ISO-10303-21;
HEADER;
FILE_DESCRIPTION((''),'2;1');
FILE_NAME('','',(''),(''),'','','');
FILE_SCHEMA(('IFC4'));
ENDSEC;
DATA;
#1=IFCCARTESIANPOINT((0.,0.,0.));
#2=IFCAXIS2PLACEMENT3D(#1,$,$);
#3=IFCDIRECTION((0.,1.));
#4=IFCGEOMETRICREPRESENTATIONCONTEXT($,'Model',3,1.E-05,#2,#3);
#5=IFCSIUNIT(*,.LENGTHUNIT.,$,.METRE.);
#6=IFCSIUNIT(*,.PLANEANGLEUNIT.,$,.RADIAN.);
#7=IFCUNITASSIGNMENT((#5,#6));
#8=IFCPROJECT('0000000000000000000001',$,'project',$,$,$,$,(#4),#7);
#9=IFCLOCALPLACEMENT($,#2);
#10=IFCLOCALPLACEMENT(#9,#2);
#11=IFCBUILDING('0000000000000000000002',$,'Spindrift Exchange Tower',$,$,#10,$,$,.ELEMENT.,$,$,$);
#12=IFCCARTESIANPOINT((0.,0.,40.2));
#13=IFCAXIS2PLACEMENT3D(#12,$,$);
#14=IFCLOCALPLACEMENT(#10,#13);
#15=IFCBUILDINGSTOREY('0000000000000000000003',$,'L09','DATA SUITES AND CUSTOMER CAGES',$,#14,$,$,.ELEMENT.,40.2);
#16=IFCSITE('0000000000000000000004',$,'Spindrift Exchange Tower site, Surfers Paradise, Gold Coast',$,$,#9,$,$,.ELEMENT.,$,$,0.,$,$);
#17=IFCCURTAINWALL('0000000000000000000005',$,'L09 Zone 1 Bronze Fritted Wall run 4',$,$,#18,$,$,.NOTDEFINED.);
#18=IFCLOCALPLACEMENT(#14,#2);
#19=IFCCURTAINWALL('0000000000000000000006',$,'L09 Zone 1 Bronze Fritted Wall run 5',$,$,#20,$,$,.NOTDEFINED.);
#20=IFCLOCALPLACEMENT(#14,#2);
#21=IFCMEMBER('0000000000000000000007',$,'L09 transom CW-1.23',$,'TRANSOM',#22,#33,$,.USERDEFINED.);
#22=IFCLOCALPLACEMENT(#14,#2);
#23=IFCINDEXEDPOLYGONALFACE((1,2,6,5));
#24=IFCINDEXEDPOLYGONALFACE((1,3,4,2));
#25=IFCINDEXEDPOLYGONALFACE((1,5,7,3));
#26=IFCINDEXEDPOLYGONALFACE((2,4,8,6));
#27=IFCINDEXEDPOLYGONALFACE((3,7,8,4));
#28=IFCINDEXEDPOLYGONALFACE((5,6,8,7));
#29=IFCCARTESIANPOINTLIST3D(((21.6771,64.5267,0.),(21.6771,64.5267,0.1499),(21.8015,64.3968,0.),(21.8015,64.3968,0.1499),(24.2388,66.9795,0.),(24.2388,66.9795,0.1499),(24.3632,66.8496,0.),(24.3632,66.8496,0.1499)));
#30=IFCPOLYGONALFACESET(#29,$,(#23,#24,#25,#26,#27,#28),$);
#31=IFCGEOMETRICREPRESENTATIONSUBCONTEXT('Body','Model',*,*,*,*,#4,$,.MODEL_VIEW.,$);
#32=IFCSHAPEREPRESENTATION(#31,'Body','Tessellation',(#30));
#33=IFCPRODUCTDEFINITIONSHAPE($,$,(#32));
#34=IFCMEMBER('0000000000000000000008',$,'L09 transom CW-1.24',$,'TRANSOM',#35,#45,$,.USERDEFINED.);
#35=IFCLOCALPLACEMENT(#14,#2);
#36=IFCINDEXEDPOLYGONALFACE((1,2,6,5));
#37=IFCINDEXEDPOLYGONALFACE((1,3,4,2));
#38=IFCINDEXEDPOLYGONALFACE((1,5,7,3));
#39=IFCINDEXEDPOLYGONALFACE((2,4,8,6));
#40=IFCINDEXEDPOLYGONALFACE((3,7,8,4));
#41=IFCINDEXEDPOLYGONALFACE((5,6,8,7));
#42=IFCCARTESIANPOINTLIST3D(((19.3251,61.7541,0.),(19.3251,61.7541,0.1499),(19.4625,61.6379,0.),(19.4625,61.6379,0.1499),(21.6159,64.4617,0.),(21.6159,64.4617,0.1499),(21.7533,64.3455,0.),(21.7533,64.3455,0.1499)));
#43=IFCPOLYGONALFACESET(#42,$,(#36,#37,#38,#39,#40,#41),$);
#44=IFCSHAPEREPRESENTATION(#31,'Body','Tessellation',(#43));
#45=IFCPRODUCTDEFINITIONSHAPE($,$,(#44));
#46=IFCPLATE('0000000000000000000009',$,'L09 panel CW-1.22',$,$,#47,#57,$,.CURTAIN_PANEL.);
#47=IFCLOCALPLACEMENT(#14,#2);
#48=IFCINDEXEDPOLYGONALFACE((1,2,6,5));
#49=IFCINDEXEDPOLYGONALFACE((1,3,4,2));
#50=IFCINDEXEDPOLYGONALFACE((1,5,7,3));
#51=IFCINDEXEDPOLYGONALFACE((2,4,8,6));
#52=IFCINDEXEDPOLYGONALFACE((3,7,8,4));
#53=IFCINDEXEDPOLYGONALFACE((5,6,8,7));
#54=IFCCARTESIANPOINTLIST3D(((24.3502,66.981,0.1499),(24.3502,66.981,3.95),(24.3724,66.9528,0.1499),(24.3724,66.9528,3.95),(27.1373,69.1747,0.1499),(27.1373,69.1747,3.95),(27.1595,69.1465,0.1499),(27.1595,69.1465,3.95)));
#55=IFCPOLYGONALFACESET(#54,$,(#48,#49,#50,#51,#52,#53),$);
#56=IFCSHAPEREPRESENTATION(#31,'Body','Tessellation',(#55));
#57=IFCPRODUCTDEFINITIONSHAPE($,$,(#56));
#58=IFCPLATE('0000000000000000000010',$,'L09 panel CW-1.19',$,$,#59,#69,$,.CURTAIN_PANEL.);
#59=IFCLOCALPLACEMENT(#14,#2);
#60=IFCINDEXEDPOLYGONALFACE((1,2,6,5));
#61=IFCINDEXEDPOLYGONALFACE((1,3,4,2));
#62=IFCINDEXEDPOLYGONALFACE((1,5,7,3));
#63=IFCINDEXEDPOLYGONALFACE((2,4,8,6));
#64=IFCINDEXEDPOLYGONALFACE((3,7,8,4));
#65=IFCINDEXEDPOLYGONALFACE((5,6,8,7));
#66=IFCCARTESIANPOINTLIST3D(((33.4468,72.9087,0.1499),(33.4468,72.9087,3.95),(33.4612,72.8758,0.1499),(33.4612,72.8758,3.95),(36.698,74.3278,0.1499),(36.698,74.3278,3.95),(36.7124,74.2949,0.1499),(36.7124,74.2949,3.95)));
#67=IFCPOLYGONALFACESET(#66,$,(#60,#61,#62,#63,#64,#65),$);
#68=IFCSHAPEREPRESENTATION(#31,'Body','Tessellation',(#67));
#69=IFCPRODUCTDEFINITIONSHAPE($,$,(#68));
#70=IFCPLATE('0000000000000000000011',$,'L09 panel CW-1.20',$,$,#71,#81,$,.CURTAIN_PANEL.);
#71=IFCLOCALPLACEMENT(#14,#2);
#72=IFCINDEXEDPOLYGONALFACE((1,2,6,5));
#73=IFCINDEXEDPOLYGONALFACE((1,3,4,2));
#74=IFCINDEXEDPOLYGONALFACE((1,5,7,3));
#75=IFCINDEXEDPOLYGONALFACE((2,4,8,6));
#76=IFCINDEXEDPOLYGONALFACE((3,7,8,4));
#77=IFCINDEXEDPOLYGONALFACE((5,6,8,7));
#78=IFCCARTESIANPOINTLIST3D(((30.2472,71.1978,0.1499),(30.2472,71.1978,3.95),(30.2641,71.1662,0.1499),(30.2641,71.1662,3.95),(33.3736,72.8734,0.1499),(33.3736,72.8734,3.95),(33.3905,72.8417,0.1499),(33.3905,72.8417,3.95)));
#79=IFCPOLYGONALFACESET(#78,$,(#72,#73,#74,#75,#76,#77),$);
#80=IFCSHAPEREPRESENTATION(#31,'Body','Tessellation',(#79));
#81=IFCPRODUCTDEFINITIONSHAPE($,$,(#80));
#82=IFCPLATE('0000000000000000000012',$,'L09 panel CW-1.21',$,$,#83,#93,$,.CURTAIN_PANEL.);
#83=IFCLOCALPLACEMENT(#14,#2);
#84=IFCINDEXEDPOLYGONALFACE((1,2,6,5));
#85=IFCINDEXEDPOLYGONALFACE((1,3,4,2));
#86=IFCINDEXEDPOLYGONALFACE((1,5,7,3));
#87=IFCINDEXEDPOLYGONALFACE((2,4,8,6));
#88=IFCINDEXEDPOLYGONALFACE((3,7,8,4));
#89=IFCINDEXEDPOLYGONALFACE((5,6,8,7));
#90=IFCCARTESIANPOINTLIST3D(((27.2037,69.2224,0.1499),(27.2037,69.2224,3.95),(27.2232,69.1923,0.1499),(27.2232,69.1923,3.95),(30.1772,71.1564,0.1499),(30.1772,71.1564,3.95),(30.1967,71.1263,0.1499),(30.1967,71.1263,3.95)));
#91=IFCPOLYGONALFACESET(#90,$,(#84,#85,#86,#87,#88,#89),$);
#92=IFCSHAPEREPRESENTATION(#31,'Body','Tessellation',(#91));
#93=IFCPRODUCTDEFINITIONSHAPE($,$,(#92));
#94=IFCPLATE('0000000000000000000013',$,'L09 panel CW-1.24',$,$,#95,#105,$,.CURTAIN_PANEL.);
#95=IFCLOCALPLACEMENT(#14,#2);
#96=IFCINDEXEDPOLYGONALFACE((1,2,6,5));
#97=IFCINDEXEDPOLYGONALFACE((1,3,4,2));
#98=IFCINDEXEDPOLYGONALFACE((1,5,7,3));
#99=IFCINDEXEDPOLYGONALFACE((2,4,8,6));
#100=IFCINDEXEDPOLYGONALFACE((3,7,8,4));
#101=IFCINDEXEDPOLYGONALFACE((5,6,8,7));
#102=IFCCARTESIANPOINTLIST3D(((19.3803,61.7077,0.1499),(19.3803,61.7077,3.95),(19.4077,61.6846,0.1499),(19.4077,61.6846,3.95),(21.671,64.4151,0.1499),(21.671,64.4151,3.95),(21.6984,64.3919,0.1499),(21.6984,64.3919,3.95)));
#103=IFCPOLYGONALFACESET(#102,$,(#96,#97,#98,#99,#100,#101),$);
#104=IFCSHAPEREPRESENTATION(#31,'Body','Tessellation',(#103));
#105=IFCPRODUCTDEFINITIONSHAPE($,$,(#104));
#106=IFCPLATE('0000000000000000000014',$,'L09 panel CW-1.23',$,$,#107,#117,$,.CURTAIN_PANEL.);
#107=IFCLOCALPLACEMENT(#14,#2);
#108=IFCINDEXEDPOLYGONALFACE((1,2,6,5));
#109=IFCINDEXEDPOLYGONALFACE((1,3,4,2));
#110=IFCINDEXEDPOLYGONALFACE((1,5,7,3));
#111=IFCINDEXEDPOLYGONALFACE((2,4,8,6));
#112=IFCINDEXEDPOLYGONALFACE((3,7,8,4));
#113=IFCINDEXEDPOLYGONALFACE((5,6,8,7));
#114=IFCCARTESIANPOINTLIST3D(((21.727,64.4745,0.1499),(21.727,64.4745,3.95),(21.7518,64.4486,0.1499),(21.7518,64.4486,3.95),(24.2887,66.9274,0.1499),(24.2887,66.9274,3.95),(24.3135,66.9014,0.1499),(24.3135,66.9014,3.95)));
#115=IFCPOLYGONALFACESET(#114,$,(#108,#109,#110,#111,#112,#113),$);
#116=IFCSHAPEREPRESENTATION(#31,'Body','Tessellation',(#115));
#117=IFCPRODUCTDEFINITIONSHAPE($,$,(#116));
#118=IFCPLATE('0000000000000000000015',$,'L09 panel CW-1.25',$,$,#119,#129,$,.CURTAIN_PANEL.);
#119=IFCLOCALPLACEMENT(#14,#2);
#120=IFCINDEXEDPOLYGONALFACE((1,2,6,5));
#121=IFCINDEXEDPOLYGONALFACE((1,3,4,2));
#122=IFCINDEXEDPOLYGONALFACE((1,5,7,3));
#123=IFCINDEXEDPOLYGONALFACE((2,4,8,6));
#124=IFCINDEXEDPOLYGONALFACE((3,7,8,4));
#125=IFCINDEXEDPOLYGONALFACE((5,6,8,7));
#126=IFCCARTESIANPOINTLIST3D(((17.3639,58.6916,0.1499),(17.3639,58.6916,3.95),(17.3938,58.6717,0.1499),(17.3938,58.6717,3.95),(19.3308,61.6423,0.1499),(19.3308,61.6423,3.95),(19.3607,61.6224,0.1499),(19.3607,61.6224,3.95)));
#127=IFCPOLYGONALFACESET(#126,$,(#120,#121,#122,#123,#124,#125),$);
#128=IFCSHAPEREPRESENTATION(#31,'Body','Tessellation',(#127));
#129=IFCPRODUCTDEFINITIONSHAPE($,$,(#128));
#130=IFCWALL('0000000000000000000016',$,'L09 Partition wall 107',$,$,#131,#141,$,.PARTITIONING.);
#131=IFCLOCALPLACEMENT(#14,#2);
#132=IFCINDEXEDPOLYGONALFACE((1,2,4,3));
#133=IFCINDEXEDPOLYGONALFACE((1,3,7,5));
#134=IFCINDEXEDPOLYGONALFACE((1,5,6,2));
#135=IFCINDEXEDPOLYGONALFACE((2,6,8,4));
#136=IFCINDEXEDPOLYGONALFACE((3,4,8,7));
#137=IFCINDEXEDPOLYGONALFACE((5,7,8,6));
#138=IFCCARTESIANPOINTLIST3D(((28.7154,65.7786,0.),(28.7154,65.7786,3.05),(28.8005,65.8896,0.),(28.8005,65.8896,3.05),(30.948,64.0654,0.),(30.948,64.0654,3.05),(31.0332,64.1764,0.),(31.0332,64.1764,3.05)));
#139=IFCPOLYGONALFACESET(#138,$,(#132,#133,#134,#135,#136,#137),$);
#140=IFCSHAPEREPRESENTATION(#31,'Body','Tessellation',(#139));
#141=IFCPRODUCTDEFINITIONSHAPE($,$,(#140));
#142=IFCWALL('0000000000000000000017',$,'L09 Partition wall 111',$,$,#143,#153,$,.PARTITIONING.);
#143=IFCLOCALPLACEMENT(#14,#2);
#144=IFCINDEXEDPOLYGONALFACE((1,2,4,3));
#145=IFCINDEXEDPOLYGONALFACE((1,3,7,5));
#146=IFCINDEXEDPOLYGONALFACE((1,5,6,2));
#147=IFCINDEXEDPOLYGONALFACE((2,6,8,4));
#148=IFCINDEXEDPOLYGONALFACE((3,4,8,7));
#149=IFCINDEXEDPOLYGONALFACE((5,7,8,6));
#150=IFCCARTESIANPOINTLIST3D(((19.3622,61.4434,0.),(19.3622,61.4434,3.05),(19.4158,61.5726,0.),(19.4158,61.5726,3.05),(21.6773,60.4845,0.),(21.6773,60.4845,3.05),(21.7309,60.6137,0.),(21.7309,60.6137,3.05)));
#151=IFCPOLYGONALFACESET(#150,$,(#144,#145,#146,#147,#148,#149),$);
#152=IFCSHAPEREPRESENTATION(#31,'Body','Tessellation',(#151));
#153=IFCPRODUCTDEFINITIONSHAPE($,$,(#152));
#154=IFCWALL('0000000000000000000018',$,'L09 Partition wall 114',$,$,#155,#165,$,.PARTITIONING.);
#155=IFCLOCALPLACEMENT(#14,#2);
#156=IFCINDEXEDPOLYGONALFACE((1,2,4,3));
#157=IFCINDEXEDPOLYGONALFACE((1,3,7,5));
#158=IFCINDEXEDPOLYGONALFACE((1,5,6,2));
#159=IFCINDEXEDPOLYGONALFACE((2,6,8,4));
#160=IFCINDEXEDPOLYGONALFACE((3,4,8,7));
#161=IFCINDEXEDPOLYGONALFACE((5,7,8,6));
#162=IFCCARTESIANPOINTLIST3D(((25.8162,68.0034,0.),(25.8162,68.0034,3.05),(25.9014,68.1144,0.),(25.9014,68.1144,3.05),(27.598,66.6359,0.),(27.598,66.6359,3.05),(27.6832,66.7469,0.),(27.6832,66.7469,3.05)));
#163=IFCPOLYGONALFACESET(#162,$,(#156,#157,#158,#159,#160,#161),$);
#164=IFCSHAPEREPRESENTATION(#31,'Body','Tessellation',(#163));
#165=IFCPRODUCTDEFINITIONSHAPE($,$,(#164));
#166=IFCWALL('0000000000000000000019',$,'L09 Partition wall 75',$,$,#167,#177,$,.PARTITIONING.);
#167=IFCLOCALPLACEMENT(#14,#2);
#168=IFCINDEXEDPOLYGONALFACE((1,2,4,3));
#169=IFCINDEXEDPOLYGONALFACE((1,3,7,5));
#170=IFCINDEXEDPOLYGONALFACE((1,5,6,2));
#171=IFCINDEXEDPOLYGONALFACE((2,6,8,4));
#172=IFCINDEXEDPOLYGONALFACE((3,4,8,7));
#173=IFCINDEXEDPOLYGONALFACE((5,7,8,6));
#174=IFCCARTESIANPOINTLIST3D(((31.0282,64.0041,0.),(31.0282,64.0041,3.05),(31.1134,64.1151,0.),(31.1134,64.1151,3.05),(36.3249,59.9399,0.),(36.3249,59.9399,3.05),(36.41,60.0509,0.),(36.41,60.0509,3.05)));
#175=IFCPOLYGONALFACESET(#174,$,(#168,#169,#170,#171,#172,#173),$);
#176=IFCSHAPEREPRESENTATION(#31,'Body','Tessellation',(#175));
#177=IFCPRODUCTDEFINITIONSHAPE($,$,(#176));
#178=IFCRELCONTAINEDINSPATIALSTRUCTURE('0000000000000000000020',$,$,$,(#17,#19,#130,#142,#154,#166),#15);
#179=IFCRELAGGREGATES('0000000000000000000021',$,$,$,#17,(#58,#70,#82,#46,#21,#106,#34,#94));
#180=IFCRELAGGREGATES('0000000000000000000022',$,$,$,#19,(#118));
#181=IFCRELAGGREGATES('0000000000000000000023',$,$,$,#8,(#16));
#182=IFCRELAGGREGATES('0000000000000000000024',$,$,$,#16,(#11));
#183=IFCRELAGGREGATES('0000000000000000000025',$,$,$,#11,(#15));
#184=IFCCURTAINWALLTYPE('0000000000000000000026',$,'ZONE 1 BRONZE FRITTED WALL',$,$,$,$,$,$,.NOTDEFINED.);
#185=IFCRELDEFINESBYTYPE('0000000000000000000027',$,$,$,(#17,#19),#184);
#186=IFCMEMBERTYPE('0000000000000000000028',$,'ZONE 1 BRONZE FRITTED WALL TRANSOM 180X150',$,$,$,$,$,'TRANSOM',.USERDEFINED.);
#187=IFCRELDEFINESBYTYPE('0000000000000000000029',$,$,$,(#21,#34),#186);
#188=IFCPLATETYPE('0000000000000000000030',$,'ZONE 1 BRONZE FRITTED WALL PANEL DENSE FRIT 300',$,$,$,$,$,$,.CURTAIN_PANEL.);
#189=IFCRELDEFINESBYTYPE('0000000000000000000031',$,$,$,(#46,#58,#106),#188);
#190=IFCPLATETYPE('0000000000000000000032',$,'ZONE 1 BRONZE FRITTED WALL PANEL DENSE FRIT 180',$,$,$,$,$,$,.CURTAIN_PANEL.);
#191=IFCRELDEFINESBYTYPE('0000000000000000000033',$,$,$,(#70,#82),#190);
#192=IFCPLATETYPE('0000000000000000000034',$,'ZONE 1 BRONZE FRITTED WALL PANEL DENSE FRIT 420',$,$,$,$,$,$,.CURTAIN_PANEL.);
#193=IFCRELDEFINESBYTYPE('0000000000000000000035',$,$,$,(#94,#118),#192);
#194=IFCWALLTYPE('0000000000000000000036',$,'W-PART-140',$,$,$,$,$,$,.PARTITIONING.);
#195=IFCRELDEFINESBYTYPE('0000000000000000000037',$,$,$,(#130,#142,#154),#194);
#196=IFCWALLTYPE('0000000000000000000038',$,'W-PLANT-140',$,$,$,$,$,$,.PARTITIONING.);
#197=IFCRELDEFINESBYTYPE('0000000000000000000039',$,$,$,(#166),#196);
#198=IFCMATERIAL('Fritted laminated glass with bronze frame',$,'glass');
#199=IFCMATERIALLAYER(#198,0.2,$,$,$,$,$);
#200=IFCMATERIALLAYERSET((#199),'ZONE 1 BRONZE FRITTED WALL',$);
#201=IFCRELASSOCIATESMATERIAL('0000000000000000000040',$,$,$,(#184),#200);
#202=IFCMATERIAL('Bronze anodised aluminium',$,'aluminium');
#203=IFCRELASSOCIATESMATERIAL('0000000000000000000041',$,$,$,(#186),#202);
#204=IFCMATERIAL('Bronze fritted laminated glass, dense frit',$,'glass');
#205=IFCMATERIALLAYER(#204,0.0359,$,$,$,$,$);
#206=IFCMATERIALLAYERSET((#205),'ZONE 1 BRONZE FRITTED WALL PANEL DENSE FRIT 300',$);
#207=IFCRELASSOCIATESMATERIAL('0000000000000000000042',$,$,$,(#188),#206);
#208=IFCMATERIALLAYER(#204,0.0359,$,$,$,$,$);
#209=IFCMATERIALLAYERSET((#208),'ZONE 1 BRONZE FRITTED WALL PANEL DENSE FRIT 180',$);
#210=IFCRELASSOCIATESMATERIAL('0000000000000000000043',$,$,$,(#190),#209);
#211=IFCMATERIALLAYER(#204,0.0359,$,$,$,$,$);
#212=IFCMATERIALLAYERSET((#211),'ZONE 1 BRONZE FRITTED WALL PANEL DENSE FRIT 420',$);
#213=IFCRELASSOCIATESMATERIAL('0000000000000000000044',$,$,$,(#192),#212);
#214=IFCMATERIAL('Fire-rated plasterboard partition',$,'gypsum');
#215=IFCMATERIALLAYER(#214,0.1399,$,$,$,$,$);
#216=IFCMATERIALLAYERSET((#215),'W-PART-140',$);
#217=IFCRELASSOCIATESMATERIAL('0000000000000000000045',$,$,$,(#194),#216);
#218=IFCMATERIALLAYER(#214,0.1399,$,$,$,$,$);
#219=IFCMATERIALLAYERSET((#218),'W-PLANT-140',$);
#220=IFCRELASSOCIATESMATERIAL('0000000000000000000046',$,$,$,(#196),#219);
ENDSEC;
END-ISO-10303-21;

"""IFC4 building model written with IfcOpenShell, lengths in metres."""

from ifc_helpers import new_model, si_unit, direction, frame, frame_2d, origin, origin_2d, place, context, subcontext, project, spatial, rectangle, extrude, source, transform, mapped, material, layer, layer_set, material_profile, profile_set, type_object, element, aggregate, save


model = new_model("IFC4")

# Units and contexts
model_context = context("Model", 3, precision=1e-05, world=origin(), true_north=direction((0.0, 1.0)))
body_context = subcontext(model_context, "Body", "Model", "MODEL_VIEW")
ifc_project = project(units=[si_unit("LENGTHUNIT", "METRE"), si_unit("PLANEANGLEUNIT", "RADIAN")], contexts=[model_context])

# Site, building, storey
site_placement = place(None, origin())
site = spatial("IfcSite", under=ifc_project, at=site_placement, Name="Spindrift Exchange Tower site, Surfers Paradise, Gold Coast", CompositionType="ELEMENT", RefElevation=0.0)
building_placement = place(site_placement, origin())
building = spatial("IfcBuilding", under=site, at=building_placement, Name="Spindrift Exchange Tower", CompositionType="ELEMENT")
storey_placement = place(building_placement, frame((0.0, 0.0, 40.2)))
storey = spatial("IfcBuildingStorey", under=building, at=storey_placement, Name="L09", Description="DATA SUITES AND CUSTOMER CAGES", CompositionType="ELEMENT", Elevation=40.2)

# Curtain walls
ifc_material_1 = material(Name="Fritted laminated glass with bronze frame", Category="glass")
ifc_layer_1 = layer(ifc_material_1, 0.2)
ifc_layer_set_1 = layer_set([ifc_layer_1], Name="ZONE 1 BRONZE FRITTED WALL")
curtain_wall_type = type_object("IfcCurtainWallType", Name="ZONE 1 BRONZE FRITTED WALL", PredefinedType="NOTDEFINED", material=ifc_layer_set_1)
curtain_wall_1_placement = place(storey_placement, origin())
curtain_wall_1 = element("IfcCurtainWall", 1, at=curtain_wall_1_placement, inside=storey, type_object=curtain_wall_type, Name="L09 Zone 1 Bronze Fritted Wall run 4", PredefinedType="NOTDEFINED")
ifc_material_2 = material(Name="Bronze anodised aluminium", Category="aluminium")
curtain_wall_2_placement = place(storey_placement, origin())
curtain_wall_2 = element("IfcCurtainWall", 2, at=curtain_wall_2_placement, inside=storey, type_object=curtain_wall_type, Name="L09 Zone 1 Bronze Fritted Wall run 5", PredefinedType="NOTDEFINED")
ifc_material_profile_1 = material_profile(ifc_material_2, rectangle(XDim=0.1799, YDim=0.1499, at=origin_2d()), Name="ZONE 1 BRONZE FRITTED WALL TRANSOM 180X150")
ifc_profile_set_1 = profile_set([ifc_material_profile_1], Name="Bronze anodised aluminium")
member_type_1 = type_object("IfcMemberType", Name="ZONE 1 BRONZE FRITTED WALL TRANSOM 180X150", ElementType="TRANSOM", PredefinedType="USERDEFINED", material=ifc_profile_set_1)

# Members
shared_shape_1 = source(origin(), body_context, "Body", "SweptSolid", [
    extrude(rectangle(XDim=0.1799, YDim=0.1499, at=origin_2d()), origin(), (0.0, 0.0, 1.0), 3.5466),
])
member_1_placement = place(storey_placement, frame((24.301, 66.9146, 0.075), z_axis=(-0.72229, -0.69159, 0.0), x_axis=(0.69159, -0.72229, 0.0)))
member_1 = element("IfcMember", 3, at=member_1_placement, type_object=member_type_1, Name="L09 transom CW-1.23", ObjectType="TRANSOM", PredefinedType="USERDEFINED", context=body_context, shape_type="MappedRepresentation", body=[
    mapped(shared_shape_1, transform((0.0, 0.0, 0.0), scale=1.0)),
])
member_2_placement = place(storey_placement, frame((21.6846, 64.4036, 0.075), z_axis=(-0.645908, -0.763415, 0.0), x_axis=(0.763415, -0.645908, 0.0)))
member_2 = element("IfcMember", 4, at=member_2_placement, type_object=member_type_1, Name="L09 transom CW-1.24", ObjectType="TRANSOM", PredefinedType="USERDEFINED", context=body_context, shape_type="MappedRepresentation", body=[
    mapped(shared_shape_1, transform((0.0, 0.0, 0.0), scale=1.0)),
])

# Plates
ifc_material_3 = material(Name="Bronze fritted laminated glass, dense frit", Category="glass")
ifc_layer_2 = layer(ifc_material_3, 0.0359)
ifc_layer_set_2 = layer_set([ifc_layer_2], Name="ZONE 1 BRONZE FRITTED WALL PANEL DENSE FRIT 300")
plate_type_1 = type_object("IfcPlateType", Name="ZONE 1 BRONZE FRITTED WALL PANEL DENSE FRIT 300", PredefinedType="CURTAIN_PANEL", material=ifc_layer_set_2)
shared_shape_2 = source(origin(), body_context, "Body", "SweptSolid", [
    extrude(rectangle(XDim=3.5469, YDim=0.0359, at=origin_2d()), origin(), (0.0, 0.0, 1.0), 3.8),
])
plate_1_placement = place(storey_placement, frame((25.7549, 68.0637, 0.1499), z_axis=(0.0, 0.0, 1.0), x_axis=(-0.785794, -0.618488, 0.0)))
plate_1 = element("IfcPlate", 5, at=plate_1_placement, type_object=plate_type_1, Name="L09 panel CW-1.22", PredefinedType="CURTAIN_PANEL", context=body_context, shape_type="MappedRepresentation", body=[
    mapped(shared_shape_2, transform((0.0, 0.0, 0.0), scale=1.0)),
])
shared_shape_3 = source(origin(), body_context, "Body", "SweptSolid", [
    extrude(rectangle(XDim=3.5474, YDim=0.0359, at=origin_2d()), origin(), (0.0, 0.0, 1.0), 3.8),
])
plate_2_placement = place(storey_placement, frame((35.0796, 73.6018, 0.1499), z_axis=(0.0, 0.0, 1.0), x_axis=(-0.916504, -0.400026, 0.0)))
plate_2 = element("IfcPlate", 6, at=plate_2_placement, type_object=plate_type_1, Name="L09 panel CW-1.19", PredefinedType="CURTAIN_PANEL", context=body_context, shape_type="MappedRepresentation", body=[
    mapped(shared_shape_3, transform((0.0, 0.0, 0.0), scale=1.0)),
])
ifc_layer_3 = layer(ifc_material_3, 0.0359)
ifc_layer_set_3 = layer_set([ifc_layer_3], Name="ZONE 1 BRONZE FRITTED WALL PANEL DENSE FRIT 180")
plate_type_2 = type_object("IfcPlateType", Name="ZONE 1 BRONZE FRITTED WALL PANEL DENSE FRIT 180", PredefinedType="CURTAIN_PANEL", material=ifc_layer_set_3)
shared_shape_4 = source(origin(), body_context, "Body", "SweptSolid", [
    extrude(rectangle(XDim=3.5471, YDim=0.0359, at=origin_2d()), origin(), (0.0, 0.0, 1.0), 3.8),
])
plate_3_placement = place(storey_placement, frame((31.8188, 72.0198, 0.1499), z_axis=(0.0, 0.0, 1.0), x_axis=(-0.881397, -0.472375, 0.0)))
plate_3 = element("IfcPlate", 7, at=plate_3_placement, type_object=plate_type_2, Name="L09 panel CW-1.20", PredefinedType="CURTAIN_PANEL", context=body_context, shape_type="MappedRepresentation", body=[
    mapped(shared_shape_4, transform((0.0, 0.0, 0.0), scale=1.0)),
])
plate_4_placement = place(storey_placement, frame((28.7002, 70.1743, 0.1499), z_axis=(0.0, 0.0, 1.0), x_axis=(-0.838283, -0.545236, 0.0)))
plate_4 = element("IfcPlate", 8, at=plate_4_placement, type_object=plate_type_2, Name="L09 panel CW-1.21", PredefinedType="CURTAIN_PANEL", context=body_context, shape_type="MappedRepresentation", body=[
    mapped(shared_shape_4, transform((0.0, 0.0, 0.0), scale=1.0)),
])
ifc_layer_4 = layer(ifc_material_3, 0.0359)
ifc_layer_set_4 = layer_set([ifc_layer_4], Name="ZONE 1 BRONZE FRITTED WALL PANEL DENSE FRIT 420")
plate_type_3 = type_object("IfcPlateType", Name="ZONE 1 BRONZE FRITTED WALL PANEL DENSE FRIT 420", PredefinedType="CURTAIN_PANEL", material=ifc_layer_set_4)
shared_shape_5 = source(origin(), body_context, "Body", "SweptSolid", [
    extrude(rectangle(XDim=3.5464, YDim=0.0359, at=origin_2d()), origin(), (0.0, 0.0, 1.0), 3.8),
])
plate_5_placement = place(storey_placement, frame((20.5393, 63.0498, 0.1499), z_axis=(0.0, 0.0, 1.0), x_axis=(-0.645927, -0.763399, 0.0)))
plate_5 = element("IfcPlate", 9, at=plate_5_placement, type_object=plate_type_3, Name="L09 panel CW-1.24", PredefinedType="CURTAIN_PANEL", context=body_context, shape_type="MappedRepresentation", body=[
    mapped(shared_shape_5, transform((0.0, 0.0, 0.0), scale=1.0)),
])
shared_shape_6 = source(origin(), body_context, "Body", "SweptSolid", [
    extrude(rectangle(XDim=3.5466, YDim=0.0359, at=origin_2d()), origin(), (0.0, 0.0, 1.0), 3.8),
])
plate_6_placement = place(storey_placement, frame((23.0203, 65.688, 0.1499), z_axis=(0.0, 0.0, 1.0), x_axis=(-0.722284, -0.691596, 0.0)))
plate_6 = element("IfcPlate", 10, at=plate_6_placement, type_object=plate_type_1, Name="L09 panel CW-1.23", PredefinedType="CURTAIN_PANEL", context=body_context, shape_type="MappedRepresentation", body=[
    mapped(shared_shape_6, transform((0.0, 0.0, 0.0), scale=1.0)),
])
aggregate(curtain_wall_1, [plate_2, plate_3, plate_4, plate_1, member_1, plate_6, member_2, plate_5])
shared_shape_7 = source(origin(), body_context, "Body", "SweptSolid", [
    extrude(rectangle(XDim=3.5461, YDim=0.0359, at=origin_2d()), origin(), (0.0, 0.0, 1.0), 3.8),
])
plate_7_placement = place(storey_placement, frame((18.3623, 60.157, 0.1499), z_axis=(0.0, 0.0, 1.0), x_axis=(-0.55465, -0.832084, 0.0)))
plate_7 = element("IfcPlate", 11, at=plate_7_placement, type_object=plate_type_3, Name="L09 panel CW-1.25", PredefinedType="CURTAIN_PANEL", context=body_context, shape_type="MappedRepresentation", body=[
    mapped(shared_shape_7, transform((0.0, 0.0, 0.0), scale=1.0)),
])
aggregate(curtain_wall_2, [plate_7])

# Walls
ifc_material_4 = material(Name="Fire-rated plasterboard partition", Category="gypsum")
ifc_layer_5 = layer(ifc_material_4, 0.1399)
ifc_layer_set_5 = layer_set([ifc_layer_5], Name="W-PART-140")
wall_type_1 = type_object("IfcWallType", Name="W-PART-140", PredefinedType="PARTITIONING", material=ifc_layer_set_5)
wall_1_placement = place(storey_placement, frame((30.9907, 64.1208, 0.0), z_axis=(0.0, 0.0, 1.0), x_axis=(-0.793362, 0.60875, 0.0)))
element("IfcWall", 12, at=wall_1_placement, inside=storey, type_object=wall_type_1, Name="L09 Partition wall 107", PredefinedType="PARTITIONING", context=body_context, shape_type="SweptSolid", body=[
    extrude(rectangle(XDim=2.8142, YDim=0.1399, at=frame_2d((1.4072, 0.0))), origin(), (0.0, 0.0, 1.0), 3.05),
])
wall_2_placement = place(storey_placement, frame((21.7041, 60.5491, 0.0), z_axis=(0.0, 0.0, 1.0), x_axis=(-0.923879, 0.382684, 0.0)))
element("IfcWall", 13, at=wall_2_placement, inside=storey, type_object=wall_type_1, Name="L09 Partition wall 111", PredefinedType="PARTITIONING", context=body_context, shape_type="SweptSolid", body=[
    extrude(rectangle(XDim=2.5059, YDim=0.1399, at=frame_2d((1.2529, 0.0))), origin(), (0.0, 0.0, 1.0), 3.05),
])
wall_3_placement = place(storey_placement, frame((27.6406, 66.6914, 0.0), z_axis=(0.0, 0.0, 1.0), x_axis=(-0.793298, 0.608833, 0.0)))
element("IfcWall", 14, at=wall_3_placement, inside=storey, type_object=wall_type_1, Name="L09 Partition wall 114", PredefinedType="PARTITIONING", context=body_context, shape_type="SweptSolid", body=[
    extrude(rectangle(XDim=2.2461, YDim=0.1399, at=frame_2d((1.123, 0.0))), origin(), (0.0, 0.0, 1.0), 3.05),
])
ifc_layer_6 = layer(ifc_material_4, 0.1399)
ifc_layer_set_6 = layer_set([ifc_layer_6], Name="W-PLANT-140")
wall_type_2 = type_object("IfcWallType", Name="W-PLANT-140", PredefinedType="PARTITIONING", material=ifc_layer_set_6)
wall_4_placement = place(storey_placement, frame((36.3674, 59.9954, 0.0), z_axis=(0.0, 0.0, 1.0), x_axis=(-0.793356, 0.608758, 0.0)))
element("IfcWall", 15, at=wall_4_placement, inside=storey, type_object=wall_type_2, Name="L09 Partition wall 75", PredefinedType="PARTITIONING", context=body_context, shape_type="SweptSolid", body=[
    extrude(rectangle(XDim=6.6763, YDim=0.1399, at=frame_2d((3.3381, 0.0))), origin(), (0.0, 0.0, 1.0), 3.05),
])

save(model, "model.ifc")
